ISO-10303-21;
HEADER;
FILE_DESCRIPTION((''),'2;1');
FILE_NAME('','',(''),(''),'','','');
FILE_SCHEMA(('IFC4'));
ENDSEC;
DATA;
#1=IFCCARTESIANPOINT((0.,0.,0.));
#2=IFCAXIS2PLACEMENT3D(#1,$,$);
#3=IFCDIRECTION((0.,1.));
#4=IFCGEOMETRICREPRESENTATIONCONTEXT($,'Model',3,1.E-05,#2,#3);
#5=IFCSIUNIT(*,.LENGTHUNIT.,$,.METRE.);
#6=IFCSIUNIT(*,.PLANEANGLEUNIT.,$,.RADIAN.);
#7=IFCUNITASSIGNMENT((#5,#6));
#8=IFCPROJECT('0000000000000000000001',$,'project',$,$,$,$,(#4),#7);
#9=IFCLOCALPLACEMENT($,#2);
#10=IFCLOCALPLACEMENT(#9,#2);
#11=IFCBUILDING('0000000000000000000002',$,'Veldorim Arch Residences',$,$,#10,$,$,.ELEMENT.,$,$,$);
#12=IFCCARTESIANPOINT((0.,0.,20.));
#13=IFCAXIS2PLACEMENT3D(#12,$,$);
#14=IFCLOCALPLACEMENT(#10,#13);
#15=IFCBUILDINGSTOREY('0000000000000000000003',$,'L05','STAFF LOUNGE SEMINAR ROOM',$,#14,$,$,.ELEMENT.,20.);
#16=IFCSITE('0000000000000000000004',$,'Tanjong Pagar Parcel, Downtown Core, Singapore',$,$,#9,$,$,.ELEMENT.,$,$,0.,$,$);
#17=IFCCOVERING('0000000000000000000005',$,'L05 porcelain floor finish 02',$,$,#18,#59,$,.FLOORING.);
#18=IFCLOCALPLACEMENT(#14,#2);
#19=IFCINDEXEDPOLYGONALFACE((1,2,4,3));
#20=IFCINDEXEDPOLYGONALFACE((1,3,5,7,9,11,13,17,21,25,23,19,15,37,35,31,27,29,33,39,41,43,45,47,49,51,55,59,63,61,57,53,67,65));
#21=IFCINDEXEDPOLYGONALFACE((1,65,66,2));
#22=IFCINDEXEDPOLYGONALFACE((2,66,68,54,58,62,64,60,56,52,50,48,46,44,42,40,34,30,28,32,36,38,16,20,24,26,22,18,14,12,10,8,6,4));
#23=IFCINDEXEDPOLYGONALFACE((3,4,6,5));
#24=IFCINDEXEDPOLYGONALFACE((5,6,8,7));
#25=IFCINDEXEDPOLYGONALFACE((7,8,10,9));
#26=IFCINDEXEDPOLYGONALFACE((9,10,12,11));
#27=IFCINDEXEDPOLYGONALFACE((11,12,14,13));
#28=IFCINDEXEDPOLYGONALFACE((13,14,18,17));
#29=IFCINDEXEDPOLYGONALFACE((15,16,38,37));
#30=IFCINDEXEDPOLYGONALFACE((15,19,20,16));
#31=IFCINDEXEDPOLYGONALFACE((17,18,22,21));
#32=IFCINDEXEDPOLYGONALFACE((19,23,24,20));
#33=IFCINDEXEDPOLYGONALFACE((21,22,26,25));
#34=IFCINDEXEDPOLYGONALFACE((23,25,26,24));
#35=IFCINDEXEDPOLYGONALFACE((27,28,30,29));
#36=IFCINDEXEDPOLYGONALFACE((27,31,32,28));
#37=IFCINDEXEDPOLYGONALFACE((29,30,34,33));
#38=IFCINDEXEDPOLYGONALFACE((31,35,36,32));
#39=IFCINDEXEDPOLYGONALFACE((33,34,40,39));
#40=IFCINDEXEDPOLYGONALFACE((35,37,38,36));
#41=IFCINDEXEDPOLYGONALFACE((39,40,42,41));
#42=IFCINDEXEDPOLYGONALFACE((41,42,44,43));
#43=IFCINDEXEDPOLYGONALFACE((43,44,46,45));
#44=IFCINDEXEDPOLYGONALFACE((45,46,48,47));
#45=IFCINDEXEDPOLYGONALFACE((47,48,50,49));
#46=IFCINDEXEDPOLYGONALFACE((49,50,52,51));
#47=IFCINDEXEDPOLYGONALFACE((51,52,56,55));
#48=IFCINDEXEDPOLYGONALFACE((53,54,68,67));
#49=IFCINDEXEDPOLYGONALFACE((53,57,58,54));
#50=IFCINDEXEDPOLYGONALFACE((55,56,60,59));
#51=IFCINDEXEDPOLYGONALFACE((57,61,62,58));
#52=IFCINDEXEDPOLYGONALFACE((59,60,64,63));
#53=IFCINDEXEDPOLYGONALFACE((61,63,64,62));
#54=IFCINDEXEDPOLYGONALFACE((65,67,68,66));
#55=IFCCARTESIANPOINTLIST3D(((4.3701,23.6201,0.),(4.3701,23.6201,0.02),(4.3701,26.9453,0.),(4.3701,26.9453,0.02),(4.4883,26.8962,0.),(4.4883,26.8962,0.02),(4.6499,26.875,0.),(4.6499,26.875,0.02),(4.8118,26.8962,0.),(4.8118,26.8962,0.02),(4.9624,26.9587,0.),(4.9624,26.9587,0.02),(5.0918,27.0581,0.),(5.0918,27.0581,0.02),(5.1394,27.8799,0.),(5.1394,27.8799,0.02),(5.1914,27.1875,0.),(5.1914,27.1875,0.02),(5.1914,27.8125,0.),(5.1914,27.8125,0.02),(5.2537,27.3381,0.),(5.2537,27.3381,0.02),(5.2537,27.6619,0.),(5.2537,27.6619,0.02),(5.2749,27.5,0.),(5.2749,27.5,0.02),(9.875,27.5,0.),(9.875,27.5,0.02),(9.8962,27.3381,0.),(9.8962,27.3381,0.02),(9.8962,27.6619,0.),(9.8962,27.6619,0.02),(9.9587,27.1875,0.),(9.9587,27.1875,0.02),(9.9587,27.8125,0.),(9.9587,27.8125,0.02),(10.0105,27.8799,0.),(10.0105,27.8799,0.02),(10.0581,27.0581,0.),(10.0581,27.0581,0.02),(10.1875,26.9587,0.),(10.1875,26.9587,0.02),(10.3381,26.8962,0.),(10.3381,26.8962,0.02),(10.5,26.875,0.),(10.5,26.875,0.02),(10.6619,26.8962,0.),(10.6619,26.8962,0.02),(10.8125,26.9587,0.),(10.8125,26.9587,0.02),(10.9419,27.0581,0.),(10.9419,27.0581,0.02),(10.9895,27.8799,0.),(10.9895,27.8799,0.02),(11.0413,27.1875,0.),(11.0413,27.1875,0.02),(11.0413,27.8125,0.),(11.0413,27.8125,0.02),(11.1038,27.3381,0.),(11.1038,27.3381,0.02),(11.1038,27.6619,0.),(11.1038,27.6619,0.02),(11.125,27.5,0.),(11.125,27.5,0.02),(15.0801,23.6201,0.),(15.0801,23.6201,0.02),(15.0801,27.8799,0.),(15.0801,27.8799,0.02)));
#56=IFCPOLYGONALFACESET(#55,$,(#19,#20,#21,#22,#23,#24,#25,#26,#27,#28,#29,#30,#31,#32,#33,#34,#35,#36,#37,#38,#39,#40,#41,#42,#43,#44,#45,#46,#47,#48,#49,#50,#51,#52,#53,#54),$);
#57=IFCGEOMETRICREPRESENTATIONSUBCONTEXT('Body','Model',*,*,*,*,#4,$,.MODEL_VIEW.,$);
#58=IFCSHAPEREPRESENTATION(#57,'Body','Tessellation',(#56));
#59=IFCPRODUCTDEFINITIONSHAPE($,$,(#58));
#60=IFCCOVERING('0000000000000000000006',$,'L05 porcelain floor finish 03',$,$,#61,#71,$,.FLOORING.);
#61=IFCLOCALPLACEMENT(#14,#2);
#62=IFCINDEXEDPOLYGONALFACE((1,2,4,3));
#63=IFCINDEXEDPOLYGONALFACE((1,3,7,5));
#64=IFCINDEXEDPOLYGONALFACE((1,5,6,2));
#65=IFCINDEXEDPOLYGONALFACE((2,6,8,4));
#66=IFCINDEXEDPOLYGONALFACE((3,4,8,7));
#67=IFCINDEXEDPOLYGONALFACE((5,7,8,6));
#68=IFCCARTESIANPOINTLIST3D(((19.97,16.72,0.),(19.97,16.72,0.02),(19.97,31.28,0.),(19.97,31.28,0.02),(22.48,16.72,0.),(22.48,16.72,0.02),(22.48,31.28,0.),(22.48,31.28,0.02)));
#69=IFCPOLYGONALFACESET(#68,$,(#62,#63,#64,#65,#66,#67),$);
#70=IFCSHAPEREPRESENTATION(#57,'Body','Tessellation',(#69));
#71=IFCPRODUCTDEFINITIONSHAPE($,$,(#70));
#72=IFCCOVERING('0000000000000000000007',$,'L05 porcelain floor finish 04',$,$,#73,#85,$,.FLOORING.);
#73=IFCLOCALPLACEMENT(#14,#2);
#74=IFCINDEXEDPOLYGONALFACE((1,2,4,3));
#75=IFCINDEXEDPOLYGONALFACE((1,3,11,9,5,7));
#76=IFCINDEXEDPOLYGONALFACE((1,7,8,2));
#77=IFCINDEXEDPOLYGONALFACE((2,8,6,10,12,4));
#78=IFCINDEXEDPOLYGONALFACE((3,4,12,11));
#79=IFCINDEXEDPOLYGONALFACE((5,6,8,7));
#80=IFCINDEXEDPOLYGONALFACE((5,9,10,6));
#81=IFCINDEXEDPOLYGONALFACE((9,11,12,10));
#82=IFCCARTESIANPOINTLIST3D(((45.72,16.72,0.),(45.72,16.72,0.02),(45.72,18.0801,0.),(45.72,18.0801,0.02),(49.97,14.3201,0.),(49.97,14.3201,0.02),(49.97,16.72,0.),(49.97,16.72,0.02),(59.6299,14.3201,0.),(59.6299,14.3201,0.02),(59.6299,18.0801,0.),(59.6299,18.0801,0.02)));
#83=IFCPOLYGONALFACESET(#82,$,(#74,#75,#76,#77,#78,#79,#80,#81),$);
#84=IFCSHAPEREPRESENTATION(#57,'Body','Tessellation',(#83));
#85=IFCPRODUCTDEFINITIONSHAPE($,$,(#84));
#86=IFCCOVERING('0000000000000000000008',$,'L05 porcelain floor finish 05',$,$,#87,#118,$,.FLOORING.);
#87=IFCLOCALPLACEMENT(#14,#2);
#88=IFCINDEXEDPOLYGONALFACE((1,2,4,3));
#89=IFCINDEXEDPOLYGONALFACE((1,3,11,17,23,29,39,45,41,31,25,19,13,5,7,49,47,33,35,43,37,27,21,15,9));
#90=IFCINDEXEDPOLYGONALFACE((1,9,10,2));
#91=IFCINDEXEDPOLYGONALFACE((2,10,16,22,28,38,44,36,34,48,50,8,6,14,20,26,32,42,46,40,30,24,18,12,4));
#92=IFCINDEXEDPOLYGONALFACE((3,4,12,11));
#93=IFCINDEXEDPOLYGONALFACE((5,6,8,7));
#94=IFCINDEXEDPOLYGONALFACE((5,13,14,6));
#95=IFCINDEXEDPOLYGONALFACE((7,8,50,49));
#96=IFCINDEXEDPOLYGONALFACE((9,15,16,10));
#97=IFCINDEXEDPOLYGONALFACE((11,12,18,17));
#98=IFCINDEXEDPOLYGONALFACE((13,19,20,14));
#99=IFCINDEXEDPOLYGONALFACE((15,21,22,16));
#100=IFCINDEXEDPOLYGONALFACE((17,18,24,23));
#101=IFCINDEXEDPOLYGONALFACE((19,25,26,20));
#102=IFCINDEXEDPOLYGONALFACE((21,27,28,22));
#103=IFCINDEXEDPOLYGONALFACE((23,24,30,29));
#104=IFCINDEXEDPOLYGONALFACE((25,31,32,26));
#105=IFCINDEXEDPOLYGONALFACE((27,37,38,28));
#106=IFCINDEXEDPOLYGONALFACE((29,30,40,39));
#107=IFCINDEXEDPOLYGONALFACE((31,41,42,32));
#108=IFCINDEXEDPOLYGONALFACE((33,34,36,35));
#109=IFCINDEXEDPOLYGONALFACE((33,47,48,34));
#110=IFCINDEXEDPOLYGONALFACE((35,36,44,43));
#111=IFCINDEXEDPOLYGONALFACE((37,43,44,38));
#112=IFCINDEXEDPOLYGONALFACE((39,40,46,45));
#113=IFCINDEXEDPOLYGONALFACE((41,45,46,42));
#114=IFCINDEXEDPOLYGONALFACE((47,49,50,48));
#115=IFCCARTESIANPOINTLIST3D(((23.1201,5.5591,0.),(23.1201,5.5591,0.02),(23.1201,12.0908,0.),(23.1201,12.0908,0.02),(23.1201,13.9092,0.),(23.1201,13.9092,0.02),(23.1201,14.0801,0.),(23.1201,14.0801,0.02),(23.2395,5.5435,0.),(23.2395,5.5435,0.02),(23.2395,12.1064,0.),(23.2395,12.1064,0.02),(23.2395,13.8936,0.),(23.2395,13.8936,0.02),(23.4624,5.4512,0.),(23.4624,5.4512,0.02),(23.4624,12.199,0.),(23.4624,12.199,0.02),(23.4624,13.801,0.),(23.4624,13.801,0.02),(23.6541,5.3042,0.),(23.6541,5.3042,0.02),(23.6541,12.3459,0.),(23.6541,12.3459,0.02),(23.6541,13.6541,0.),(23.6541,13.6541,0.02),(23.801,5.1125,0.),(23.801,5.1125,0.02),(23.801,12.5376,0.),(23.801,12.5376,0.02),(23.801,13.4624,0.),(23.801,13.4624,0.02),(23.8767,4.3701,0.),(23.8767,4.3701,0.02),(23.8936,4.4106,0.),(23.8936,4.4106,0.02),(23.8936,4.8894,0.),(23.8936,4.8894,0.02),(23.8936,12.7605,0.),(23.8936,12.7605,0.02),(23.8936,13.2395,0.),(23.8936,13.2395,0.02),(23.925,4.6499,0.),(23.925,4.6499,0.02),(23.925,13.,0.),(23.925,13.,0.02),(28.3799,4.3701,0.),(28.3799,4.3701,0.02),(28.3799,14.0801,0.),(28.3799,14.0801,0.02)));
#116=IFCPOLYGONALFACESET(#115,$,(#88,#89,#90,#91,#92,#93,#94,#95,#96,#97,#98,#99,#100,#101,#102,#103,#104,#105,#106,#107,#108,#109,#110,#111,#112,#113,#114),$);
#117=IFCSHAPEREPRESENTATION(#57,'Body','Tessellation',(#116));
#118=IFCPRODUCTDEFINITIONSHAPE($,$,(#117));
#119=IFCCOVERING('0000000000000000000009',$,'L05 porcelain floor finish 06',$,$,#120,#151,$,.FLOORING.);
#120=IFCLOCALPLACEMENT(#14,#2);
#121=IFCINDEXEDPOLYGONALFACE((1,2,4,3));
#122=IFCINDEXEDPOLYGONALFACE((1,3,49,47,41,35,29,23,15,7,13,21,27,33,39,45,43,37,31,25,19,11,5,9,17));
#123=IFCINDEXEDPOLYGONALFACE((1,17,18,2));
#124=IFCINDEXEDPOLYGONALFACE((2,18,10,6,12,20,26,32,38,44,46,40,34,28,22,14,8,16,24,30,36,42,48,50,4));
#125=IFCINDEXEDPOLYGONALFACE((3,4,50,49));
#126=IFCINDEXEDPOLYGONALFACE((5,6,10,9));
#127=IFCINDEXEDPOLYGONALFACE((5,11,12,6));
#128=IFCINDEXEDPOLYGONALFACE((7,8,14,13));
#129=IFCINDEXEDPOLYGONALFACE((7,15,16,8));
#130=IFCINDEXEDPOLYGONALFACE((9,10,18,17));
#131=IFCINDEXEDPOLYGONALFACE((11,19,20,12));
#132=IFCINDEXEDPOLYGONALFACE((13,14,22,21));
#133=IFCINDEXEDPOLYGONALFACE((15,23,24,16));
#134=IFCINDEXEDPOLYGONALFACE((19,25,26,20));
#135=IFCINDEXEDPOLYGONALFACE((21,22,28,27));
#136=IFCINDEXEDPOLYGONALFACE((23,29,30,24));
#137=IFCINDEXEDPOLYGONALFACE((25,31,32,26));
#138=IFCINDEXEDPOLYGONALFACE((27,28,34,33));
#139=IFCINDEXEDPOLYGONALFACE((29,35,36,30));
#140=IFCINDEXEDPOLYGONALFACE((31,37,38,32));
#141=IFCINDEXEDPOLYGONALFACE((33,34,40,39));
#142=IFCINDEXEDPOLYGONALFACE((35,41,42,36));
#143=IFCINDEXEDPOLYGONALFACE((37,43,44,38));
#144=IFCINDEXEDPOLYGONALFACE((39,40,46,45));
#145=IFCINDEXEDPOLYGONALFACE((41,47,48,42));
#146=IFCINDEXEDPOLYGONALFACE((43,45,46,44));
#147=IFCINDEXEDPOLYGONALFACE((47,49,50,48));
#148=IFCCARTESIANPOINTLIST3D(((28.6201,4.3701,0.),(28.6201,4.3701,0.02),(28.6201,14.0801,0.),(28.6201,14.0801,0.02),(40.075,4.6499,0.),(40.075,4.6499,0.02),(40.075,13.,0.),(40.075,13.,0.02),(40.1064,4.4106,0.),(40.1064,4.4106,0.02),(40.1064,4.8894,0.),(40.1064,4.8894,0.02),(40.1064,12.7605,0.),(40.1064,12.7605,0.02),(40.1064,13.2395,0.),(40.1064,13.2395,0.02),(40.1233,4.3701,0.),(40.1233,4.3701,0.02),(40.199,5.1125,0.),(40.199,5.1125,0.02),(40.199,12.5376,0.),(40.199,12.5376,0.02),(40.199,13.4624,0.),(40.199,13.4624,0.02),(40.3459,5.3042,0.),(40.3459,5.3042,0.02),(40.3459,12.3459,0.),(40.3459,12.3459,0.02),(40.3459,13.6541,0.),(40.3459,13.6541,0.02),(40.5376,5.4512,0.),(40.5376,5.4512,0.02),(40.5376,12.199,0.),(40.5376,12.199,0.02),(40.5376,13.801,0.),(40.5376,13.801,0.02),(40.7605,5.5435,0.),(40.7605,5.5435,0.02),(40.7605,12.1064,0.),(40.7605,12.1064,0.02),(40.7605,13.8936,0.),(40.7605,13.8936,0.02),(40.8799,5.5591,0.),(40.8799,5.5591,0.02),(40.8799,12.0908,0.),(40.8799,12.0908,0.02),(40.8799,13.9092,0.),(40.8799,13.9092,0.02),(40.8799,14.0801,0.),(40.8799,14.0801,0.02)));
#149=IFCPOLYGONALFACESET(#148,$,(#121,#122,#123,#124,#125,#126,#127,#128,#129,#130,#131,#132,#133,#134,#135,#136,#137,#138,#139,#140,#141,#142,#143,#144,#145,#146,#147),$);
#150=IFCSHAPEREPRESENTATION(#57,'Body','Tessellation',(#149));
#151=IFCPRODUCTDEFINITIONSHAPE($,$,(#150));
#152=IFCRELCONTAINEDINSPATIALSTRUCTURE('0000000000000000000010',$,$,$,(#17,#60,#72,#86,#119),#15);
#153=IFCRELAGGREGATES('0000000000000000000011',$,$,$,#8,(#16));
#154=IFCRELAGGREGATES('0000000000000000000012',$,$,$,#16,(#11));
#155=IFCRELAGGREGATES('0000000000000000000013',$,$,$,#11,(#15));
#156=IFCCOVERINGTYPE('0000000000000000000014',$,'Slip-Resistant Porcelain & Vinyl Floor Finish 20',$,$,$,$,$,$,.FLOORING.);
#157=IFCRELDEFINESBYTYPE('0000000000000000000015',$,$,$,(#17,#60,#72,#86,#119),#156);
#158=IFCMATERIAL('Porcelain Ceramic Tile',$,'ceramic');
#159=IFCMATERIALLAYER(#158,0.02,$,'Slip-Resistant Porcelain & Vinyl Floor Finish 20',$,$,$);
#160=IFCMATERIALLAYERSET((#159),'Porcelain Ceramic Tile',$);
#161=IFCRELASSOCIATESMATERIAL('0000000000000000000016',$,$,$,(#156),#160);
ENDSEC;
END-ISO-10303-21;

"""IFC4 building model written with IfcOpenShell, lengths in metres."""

from ifc_helpers import new_model, si_unit, direction, frame, origin, place, context, subcontext, project, spatial, polyline, outline, extrude, material, layer, layer_set, type_object, element, save


model = new_model("IFC4")

# Units and contexts
model_context = context("Model", 3, precision=1e-05, world=origin(), true_north=direction((0.0, 1.0)))
body_context = subcontext(model_context, "Body", "Model", "MODEL_VIEW")
ifc_project = project(units=[si_unit("LENGTHUNIT", "METRE"), si_unit("PLANEANGLEUNIT", "RADIAN")], contexts=[model_context])

# Site, building, storey
site_placement = place(None, origin())
site = spatial("IfcSite", under=ifc_project, at=site_placement, Name="Tanjong Pagar Parcel, Downtown Core, Singapore", CompositionType="ELEMENT", RefElevation=0.0)
building_placement = place(site_placement, origin())
building = spatial("IfcBuilding", under=site, at=building_placement, Name="Veldorim Arch Residences", CompositionType="ELEMENT")
storey_placement = place(building_placement, frame((0.0, 0.0, 20.0)))
storey = spatial("IfcBuildingStorey", under=building, at=storey_placement, Name="L05", Description="STAFF LOUNGE SEMINAR ROOM", CompositionType="ELEMENT", Elevation=20.0)

# Coverings
ifc_material_1 = material(Name="Porcelain Ceramic Tile", Category="ceramic")
ifc_layer_1 = layer(ifc_material_1, 0.02, Name="Slip-Resistant Porcelain & Vinyl Floor Finish 20")
ifc_layer_set_1 = layer_set([ifc_layer_1], Name="Porcelain Ceramic Tile")
covering_type_1 = type_object("IfcCoveringType", Name="Slip-Resistant Porcelain & Vinyl Floor Finish 20", PredefinedType="FLOORING", material=ifc_layer_set_1)
covering_1_placement = place(storey_placement, origin())
element("IfcCovering", 1, at=covering_1_placement, inside=storey, type_object=covering_type_1, Name="L05 porcelain floor finish 02", PredefinedType="FLOORING", context=body_context, shape_type="SweptSolid", body=[
    extrude(outline(polyline([(4.3701, 26.9453), (4.4883, 26.8962), (4.6499, 26.875), (4.8118, 26.8962), (4.9624, 26.9587), (5.0918, 27.0581), (5.1914, 27.1875), (5.2537, 27.3381), (5.2749, 27.5), (5.2537, 27.6619), (5.1914, 27.8125), (5.1394, 27.8799), (10.0105, 27.8799), (9.9587, 27.8125), (9.8962, 27.6619), (9.875, 27.5), (9.8962, 27.3381), (9.9587, 27.1875), (10.0581, 27.0581), (10.1875, 26.9587), (10.3381, 26.8962), (10.5, 26.875), (10.6619, 26.8962), (10.8125, 26.9587), (10.9419, 27.0581), (11.0413, 27.1875), (11.1038, 27.3381), (11.125, 27.5), (11.1038, 27.6619), (11.0413, 27.8125), (10.9895, 27.8799), (15.0801, 27.8799), (15.0801, 23.6201), (4.3701, 23.6201), (4.3701, 26.9453)])), origin(), (0.0, 0.0, 1.0), 0.02),
])
covering_2_placement = place(storey_placement, origin())
element("IfcCovering", 2, at=covering_2_placement, inside=storey, type_object=covering_type_1, Name="L05 porcelain floor finish 03", PredefinedType="FLOORING", context=body_context, shape_type="SweptSolid", body=[
    extrude(outline(polyline([(22.48, 31.28), (22.48, 16.72), (19.97, 16.72), (19.97, 31.28), (22.48, 31.28)])), origin(), (0.0, 0.0, 1.0), 0.02),
])
covering_3_placement = place(storey_placement, origin())
element("IfcCovering", 3, at=covering_3_placement, inside=storey, type_object=covering_type_1, Name="L05 porcelain floor finish 04", PredefinedType="FLOORING", context=body_context, shape_type="SweptSolid", body=[
    extrude(outline(polyline([(49.97, 16.72), (45.72, 16.72), (45.72, 18.0801), (59.6299, 18.0801), (59.6299, 14.3201), (49.97, 14.3201), (49.97, 16.72)])), origin(), (0.0, 0.0, 1.0), 0.02),
])
covering_4_placement = place(storey_placement, origin())
element("IfcCovering", 4, at=covering_4_placement, inside=storey, type_object=covering_type_1, Name="L05 porcelain floor finish 05", PredefinedType="FLOORING", context=body_context, shape_type="SweptSolid", body=[
    extrude(outline(polyline([(28.3799, 14.0801), (28.3799, 4.3701), (23.8767, 4.3701), (23.8936, 4.4106), (23.925, 4.6499), (23.8936, 4.8894), (23.801, 5.1125), (23.6541, 5.3042), (23.4624, 5.4512), (23.2395, 5.5435), (23.1201, 5.5591), (23.1201, 12.0908), (23.2395, 12.1064), (23.4624, 12.199), (23.6541, 12.3459), (23.801, 12.5376), (23.8936, 12.7605), (23.925, 13.0), (23.8936, 13.2395), (23.801, 13.4624), (23.6541, 13.6541), (23.4624, 13.801), (23.2395, 13.8936), (23.1201, 13.9092), (23.1201, 14.0801), (28.3799, 14.0801)])), origin(), (0.0, 0.0, 1.0), 0.02),
])
covering_5_placement = place(storey_placement, origin())
element("IfcCovering", 5, at=covering_5_placement, inside=storey, type_object=covering_type_1, Name="L05 porcelain floor finish 06", PredefinedType="FLOORING", context=body_context, shape_type="SweptSolid", body=[
    extrude(outline(polyline([(40.8799, 14.0801), (40.8799, 13.9092), (40.7605, 13.8936), (40.5376, 13.801), (40.3459, 13.6541), (40.199, 13.4624), (40.1064, 13.2395), (40.075, 13.0), (40.1064, 12.7605), (40.199, 12.5376), (40.3459, 12.3459), (40.5376, 12.199), (40.7605, 12.1064), (40.8799, 12.0908), (40.8799, 5.5591), (40.7605, 5.5435), (40.5376, 5.4512), (40.3459, 5.3042), (40.199, 5.1125), (40.1064, 4.8894), (40.075, 4.6499), (40.1064, 4.4106), (40.1233, 4.3701), (28.6201, 4.3701), (28.6201, 14.0801), (40.8799, 14.0801)])), origin(), (0.0, 0.0, 1.0), 0.02),
])

save(model, "model.ifc")
